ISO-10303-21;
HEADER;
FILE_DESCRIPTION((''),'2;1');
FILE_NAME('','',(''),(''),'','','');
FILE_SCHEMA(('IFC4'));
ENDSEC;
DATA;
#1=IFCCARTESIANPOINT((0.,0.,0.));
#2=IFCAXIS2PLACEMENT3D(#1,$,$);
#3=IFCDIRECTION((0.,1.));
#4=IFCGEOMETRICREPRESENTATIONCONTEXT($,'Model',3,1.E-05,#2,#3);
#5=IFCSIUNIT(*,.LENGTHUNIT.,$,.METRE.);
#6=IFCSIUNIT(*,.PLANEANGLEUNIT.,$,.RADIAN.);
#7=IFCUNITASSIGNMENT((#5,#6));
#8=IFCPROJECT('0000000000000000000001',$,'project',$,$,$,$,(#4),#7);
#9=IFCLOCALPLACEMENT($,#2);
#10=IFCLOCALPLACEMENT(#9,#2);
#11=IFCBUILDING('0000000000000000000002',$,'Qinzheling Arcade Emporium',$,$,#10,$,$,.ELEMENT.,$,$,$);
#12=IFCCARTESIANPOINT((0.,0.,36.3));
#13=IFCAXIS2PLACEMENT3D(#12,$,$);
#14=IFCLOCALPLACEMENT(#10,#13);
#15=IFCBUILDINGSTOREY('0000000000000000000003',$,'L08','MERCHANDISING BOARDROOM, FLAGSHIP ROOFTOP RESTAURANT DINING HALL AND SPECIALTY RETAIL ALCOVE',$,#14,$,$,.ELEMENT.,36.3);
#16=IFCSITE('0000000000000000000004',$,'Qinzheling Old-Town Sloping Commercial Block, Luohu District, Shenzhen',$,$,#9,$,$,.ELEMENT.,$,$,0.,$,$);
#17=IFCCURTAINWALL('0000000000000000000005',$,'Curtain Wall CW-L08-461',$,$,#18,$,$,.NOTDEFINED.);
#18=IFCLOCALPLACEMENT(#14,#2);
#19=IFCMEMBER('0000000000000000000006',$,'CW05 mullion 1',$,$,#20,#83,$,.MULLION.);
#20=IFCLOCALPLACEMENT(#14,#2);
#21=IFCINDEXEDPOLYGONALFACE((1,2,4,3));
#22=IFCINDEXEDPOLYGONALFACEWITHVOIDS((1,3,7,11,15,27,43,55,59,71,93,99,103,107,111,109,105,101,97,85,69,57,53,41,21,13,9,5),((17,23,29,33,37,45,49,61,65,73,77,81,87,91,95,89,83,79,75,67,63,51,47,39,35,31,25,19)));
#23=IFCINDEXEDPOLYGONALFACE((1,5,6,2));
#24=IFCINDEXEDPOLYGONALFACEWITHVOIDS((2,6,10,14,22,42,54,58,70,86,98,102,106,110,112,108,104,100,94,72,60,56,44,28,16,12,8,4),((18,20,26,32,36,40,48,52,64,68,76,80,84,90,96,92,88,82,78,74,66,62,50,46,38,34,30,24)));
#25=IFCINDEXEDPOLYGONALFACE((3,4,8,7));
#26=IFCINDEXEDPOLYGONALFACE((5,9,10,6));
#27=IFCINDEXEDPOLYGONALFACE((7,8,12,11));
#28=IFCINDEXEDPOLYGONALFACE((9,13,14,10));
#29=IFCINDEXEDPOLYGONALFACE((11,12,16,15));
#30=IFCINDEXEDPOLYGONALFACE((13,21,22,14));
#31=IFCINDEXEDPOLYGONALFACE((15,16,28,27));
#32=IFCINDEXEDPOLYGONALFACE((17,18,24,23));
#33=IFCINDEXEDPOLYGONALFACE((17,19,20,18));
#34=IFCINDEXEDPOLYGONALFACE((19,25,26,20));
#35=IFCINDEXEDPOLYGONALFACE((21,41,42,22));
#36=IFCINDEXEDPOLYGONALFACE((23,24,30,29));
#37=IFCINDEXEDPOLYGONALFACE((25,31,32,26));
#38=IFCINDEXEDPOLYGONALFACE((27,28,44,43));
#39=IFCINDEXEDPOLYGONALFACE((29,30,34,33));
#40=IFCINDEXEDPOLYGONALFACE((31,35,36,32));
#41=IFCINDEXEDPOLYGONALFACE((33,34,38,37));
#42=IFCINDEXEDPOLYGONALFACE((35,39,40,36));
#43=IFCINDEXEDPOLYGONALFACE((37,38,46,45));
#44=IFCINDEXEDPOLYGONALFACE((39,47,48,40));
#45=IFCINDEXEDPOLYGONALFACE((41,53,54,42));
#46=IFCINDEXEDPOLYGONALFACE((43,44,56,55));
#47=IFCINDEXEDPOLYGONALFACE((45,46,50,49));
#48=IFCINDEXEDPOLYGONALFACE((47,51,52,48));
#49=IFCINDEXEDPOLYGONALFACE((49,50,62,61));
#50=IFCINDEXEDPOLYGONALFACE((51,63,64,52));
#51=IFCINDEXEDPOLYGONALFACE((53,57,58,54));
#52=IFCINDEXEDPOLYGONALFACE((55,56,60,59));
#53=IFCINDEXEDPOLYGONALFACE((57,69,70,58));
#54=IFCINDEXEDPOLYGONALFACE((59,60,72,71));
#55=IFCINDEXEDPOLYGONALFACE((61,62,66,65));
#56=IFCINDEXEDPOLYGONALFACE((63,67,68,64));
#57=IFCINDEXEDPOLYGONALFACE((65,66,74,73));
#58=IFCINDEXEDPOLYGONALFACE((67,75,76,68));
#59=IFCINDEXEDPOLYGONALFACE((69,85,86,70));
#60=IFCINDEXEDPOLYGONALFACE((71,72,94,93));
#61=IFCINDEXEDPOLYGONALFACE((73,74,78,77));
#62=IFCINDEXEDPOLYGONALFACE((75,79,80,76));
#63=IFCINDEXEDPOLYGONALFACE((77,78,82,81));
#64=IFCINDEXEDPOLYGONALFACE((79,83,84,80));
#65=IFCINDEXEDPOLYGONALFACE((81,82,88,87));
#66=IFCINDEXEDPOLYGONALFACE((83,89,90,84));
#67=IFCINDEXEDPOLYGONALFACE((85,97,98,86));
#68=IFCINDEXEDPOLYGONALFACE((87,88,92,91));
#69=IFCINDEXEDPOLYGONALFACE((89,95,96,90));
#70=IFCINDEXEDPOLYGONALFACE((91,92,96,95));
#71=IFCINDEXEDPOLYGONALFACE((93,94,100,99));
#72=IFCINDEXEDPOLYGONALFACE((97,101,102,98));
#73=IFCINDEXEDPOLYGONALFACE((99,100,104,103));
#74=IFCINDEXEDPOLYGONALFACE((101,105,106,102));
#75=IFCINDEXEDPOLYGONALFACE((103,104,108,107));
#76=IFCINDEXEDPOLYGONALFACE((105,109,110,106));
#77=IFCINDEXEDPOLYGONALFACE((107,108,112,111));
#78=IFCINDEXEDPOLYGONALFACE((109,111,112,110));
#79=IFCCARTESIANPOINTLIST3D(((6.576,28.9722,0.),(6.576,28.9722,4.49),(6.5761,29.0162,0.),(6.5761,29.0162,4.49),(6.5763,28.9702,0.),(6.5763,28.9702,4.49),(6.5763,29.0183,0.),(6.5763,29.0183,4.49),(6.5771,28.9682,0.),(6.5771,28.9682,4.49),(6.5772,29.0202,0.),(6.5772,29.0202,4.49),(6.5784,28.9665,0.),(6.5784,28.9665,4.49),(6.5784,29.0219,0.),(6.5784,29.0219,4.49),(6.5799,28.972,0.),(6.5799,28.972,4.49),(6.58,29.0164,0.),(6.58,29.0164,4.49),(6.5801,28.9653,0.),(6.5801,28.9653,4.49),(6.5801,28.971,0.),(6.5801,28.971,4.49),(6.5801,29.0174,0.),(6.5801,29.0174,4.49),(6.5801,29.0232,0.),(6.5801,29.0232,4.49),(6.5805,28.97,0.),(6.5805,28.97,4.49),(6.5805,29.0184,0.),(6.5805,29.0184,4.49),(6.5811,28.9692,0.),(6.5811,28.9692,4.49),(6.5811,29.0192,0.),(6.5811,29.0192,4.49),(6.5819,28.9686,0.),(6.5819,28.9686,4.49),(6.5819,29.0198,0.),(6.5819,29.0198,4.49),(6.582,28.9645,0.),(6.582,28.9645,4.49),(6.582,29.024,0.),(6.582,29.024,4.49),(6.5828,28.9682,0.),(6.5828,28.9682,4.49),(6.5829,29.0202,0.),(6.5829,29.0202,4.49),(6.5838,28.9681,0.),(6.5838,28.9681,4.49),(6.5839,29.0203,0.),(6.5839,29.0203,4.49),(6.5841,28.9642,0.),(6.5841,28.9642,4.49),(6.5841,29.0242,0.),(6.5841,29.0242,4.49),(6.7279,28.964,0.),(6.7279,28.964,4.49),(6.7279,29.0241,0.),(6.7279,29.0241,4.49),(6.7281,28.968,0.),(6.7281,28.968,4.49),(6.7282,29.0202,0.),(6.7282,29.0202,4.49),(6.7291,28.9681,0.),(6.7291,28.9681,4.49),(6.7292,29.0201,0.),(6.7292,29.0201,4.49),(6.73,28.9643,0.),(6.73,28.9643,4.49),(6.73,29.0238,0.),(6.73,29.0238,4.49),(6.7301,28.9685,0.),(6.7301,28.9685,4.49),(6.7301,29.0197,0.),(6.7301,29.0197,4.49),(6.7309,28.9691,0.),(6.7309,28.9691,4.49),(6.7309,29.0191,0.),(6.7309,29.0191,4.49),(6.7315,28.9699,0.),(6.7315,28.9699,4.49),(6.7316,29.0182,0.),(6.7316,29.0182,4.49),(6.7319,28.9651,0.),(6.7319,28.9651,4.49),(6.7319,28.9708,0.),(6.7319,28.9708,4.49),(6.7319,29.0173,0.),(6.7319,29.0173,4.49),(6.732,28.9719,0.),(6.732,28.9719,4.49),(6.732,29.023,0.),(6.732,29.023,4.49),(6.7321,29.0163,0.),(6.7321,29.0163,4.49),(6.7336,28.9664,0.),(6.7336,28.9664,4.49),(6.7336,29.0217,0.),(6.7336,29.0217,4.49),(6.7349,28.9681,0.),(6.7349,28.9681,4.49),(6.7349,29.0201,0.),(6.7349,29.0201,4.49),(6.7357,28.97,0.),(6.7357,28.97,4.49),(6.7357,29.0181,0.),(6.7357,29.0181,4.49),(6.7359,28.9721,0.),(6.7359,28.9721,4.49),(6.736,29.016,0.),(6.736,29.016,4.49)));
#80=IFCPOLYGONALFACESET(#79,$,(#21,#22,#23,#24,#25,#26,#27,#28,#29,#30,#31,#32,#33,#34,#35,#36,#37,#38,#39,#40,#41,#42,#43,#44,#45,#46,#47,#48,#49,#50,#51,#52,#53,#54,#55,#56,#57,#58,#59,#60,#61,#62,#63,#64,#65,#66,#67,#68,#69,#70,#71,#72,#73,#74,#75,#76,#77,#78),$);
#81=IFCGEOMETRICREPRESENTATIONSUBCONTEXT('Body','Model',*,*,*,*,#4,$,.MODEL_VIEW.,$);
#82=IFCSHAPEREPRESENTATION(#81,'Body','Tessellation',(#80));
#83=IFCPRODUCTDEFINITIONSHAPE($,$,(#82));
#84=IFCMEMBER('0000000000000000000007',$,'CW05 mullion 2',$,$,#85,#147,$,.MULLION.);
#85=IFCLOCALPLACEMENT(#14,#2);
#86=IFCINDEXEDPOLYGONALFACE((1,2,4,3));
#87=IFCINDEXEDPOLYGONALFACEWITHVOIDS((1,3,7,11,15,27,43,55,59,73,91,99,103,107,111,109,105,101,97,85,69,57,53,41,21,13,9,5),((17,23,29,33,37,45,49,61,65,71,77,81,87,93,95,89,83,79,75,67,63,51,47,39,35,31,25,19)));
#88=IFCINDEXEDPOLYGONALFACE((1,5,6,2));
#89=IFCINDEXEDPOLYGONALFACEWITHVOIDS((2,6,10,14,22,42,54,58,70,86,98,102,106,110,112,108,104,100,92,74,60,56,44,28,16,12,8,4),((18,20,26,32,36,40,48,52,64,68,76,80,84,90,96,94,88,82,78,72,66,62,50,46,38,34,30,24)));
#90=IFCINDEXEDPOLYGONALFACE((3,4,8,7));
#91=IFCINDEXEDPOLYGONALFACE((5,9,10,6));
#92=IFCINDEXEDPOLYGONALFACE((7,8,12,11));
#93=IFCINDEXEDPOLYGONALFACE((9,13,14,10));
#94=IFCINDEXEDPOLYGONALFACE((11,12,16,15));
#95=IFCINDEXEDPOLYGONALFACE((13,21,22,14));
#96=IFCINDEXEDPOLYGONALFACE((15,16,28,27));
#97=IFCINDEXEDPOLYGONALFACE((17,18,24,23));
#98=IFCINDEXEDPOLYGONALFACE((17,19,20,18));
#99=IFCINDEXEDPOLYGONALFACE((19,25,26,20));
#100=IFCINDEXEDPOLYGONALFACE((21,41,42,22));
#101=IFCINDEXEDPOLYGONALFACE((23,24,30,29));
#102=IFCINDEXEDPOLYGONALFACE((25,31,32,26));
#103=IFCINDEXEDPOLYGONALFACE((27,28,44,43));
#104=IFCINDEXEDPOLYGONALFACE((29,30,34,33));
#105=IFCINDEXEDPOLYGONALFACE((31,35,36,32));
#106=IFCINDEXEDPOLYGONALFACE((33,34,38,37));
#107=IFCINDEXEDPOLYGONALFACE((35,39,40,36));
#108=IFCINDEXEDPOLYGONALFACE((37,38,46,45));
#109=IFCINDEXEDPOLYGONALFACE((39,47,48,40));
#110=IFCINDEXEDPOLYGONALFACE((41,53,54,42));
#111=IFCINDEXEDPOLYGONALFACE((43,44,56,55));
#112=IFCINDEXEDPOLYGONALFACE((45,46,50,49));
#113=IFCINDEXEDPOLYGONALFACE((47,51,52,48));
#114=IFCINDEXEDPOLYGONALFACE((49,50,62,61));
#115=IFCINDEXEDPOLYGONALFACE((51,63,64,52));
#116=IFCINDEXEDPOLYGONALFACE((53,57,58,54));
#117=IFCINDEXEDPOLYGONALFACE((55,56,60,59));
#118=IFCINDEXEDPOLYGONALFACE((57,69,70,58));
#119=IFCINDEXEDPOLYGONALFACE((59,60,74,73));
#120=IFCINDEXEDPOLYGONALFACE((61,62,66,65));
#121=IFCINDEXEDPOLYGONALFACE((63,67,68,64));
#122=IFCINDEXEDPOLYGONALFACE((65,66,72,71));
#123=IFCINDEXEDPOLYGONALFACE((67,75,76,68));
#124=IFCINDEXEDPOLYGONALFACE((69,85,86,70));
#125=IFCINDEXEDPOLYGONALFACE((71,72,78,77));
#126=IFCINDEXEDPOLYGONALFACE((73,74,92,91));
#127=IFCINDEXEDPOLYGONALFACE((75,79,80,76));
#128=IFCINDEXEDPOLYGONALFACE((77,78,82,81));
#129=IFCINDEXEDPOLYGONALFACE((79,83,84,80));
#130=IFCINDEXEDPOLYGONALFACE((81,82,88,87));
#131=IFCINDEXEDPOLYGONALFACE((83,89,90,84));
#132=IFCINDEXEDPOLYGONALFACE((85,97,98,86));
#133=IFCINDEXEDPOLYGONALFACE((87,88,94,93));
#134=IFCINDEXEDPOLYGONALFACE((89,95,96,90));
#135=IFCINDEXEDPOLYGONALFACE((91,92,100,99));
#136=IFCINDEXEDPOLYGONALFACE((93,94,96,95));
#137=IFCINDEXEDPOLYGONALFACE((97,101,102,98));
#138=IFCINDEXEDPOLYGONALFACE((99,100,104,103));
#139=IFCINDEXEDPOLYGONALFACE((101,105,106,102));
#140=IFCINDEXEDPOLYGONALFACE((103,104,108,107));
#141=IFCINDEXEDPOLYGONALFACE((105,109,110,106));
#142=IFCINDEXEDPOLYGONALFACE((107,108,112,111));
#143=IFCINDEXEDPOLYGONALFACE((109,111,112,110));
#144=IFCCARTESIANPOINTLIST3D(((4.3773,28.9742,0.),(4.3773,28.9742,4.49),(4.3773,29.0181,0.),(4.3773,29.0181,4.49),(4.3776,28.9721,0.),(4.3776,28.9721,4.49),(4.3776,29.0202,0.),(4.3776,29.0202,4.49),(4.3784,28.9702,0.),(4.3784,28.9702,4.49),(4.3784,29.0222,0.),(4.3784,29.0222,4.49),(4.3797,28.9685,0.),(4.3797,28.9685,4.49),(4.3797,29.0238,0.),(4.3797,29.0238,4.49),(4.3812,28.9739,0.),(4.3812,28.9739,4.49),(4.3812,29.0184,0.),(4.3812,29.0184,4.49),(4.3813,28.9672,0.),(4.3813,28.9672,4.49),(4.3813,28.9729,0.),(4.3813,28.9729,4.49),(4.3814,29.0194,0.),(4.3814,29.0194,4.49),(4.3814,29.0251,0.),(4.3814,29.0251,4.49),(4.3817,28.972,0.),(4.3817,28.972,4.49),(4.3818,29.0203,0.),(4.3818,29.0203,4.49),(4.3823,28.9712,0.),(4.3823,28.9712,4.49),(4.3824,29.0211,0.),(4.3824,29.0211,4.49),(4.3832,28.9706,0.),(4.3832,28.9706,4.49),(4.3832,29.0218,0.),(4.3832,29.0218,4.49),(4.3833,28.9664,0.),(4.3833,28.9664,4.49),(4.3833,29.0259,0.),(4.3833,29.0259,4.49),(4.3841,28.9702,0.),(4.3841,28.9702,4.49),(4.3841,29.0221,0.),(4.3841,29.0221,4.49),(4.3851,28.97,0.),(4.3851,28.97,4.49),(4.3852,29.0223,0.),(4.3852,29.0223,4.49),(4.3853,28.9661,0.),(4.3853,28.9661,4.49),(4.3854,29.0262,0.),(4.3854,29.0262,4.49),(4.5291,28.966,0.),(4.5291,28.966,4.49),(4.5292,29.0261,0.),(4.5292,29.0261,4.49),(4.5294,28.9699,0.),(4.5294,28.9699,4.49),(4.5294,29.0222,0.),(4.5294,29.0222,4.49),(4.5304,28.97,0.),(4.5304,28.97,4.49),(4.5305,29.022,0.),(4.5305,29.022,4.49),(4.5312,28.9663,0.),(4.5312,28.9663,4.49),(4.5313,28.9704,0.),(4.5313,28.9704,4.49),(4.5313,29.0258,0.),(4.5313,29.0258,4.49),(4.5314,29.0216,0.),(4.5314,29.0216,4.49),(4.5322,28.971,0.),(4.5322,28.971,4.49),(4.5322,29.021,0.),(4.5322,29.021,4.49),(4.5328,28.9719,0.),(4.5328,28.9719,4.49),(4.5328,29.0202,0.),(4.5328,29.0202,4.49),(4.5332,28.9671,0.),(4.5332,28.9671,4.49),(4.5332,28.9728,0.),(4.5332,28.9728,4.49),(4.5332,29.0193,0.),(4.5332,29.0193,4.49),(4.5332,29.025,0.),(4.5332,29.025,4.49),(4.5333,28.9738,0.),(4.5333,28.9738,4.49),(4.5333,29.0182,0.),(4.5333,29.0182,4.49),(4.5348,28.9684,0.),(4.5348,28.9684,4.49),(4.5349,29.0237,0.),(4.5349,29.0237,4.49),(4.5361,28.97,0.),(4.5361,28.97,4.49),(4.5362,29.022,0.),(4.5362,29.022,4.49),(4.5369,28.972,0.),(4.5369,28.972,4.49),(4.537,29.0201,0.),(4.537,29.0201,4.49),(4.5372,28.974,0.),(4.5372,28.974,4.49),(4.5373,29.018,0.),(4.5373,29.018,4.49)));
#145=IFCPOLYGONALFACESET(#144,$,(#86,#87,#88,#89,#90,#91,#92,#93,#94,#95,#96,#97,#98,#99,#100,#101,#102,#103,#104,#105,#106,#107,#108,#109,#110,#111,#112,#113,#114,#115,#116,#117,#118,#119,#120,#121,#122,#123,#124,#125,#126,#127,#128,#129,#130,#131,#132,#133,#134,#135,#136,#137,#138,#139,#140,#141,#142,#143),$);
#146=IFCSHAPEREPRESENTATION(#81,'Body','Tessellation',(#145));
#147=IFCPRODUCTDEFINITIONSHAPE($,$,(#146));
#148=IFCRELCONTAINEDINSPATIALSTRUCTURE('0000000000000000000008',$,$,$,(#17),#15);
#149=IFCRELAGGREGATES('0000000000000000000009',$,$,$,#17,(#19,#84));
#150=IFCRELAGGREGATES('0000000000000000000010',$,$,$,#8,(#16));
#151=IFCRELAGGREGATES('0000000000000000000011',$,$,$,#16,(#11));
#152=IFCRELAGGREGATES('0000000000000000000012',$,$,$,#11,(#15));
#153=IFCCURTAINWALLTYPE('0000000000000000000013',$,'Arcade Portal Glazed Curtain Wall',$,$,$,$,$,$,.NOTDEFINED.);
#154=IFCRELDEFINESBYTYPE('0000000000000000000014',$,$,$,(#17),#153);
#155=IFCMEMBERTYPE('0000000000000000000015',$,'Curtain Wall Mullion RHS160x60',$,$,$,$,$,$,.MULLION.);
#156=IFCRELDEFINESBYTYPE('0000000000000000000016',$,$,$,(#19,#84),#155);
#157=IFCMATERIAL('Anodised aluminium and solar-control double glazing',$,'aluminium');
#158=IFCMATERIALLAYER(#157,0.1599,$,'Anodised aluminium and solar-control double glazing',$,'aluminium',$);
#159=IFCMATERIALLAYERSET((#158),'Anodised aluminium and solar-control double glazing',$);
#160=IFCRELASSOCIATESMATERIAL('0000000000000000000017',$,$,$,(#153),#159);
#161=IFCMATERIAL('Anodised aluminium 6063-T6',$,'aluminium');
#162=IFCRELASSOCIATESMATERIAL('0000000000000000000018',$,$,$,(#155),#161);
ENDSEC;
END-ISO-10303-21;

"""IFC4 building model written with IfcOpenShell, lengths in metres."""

from ifc_helpers import new_model, si_unit, direction, frame, origin, origin_2d, place, context, subcontext, project, spatial, hollow_rectangle, extrude, material, layer, layer_set, material_profile, profile_set, type_object, element, aggregate, save


model = new_model("IFC4")

# Units and contexts
model_context = context("Model", 3, precision=1e-05, world=origin(), true_north=direction((0.0, 1.0)))
body_context = subcontext(model_context, "Body", "Model", "MODEL_VIEW")
ifc_project = project(units=[si_unit("LENGTHUNIT", "METRE"), si_unit("PLANEANGLEUNIT", "RADIAN")], contexts=[model_context])

# Site, building, storey
site_placement = place(None, origin())
site = spatial("IfcSite", under=ifc_project, at=site_placement, Name="Qinzheling Old-Town Sloping Commercial Block, Luohu District, Shenzhen", CompositionType="ELEMENT", RefElevation=0.0)
building_placement = place(site_placement, origin())
building = spatial("IfcBuilding", under=site, at=building_placement, Name="Qinzheling Arcade Emporium", CompositionType="ELEMENT")
storey_placement = place(building_placement, frame((0.0, 0.0, 36.3)))
storey = spatial("IfcBuildingStorey", under=building, at=storey_placement, Name="L08", Description="MERCHANDISING BOARDROOM, FLAGSHIP ROOFTOP RESTAURANT DINING HALL AND SPECIALTY RETAIL ALCOVE", CompositionType="ELEMENT", Elevation=36.3)

# Curtain wall, members
ifc_material_1 = material(Name="Anodised aluminium and solar-control double glazing", Category="aluminium")
ifc_layer_1 = layer(ifc_material_1, 0.1599, Name="Anodised aluminium and solar-control double glazing", Category="aluminium")
ifc_layer_set_1 = layer_set([ifc_layer_1], Name="Anodised aluminium and solar-control double glazing")
curtain_wall_type = type_object("IfcCurtainWallType", Name="Arcade Portal Glazed Curtain Wall", PredefinedType="NOTDEFINED", material=ifc_layer_set_1)
ifc_material_2 = material(Name="Anodised aluminium 6063-T6", Category="aluminium")
ifc_material_profile_1 = material_profile(ifc_material_2, hollow_rectangle(XDim=0.0601, YDim=0.1599, WallThickness=0.0039, InnerFilletRadius=0.0039, OuterFilletRadius=0.0081, at=origin_2d()), Name="RHS 160x60x4", Category="aluminium")
ifc_profile_set_1 = profile_set([ifc_material_profile_1], Name="Anodised aluminium 6063-T6")
member_type_1 = type_object("IfcMemberType", Name="Curtain Wall Mullion RHS160x60", PredefinedType="MULLION", material=ifc_profile_set_1)
curtain_wall_1_placement = place(storey_placement, origin())
curtain_wall_1 = element("IfcCurtainWall", 1, at=curtain_wall_1_placement, inside=storey, type_object=curtain_wall_type, Name="Curtain Wall CW-L08-461", PredefinedType="NOTDEFINED")
member_1_placement = place(storey_placement, frame((6.656, 28.9941, 0.0), z_axis=(0.0, 0.0, 1.0), x_axis=(-0.000897, -1.0, 0.0)))
member_1 = element("IfcMember", 2, at=member_1_placement, type_object=member_type_1, Name="CW05 mullion 1", PredefinedType="MULLION", context=body_context, shape_type="SweptSolid", body=[
    extrude(hollow_rectangle(XDim=0.0601, YDim=0.1599, WallThickness=0.0039, InnerFilletRadius=0.0039, OuterFilletRadius=0.0081, at=origin_2d()), origin(), (0.0, 0.0, 1.0), 4.49),
])
member_2_placement = place(storey_placement, frame((4.4573, 28.9961, 0.0), z_axis=(0.0, 0.0, 1.0), x_axis=(-0.000897, -1.0, 0.0)))
member_2 = element("IfcMember", 3, at=member_2_placement, type_object=member_type_1, Name="CW05 mullion 2", PredefinedType="MULLION", context=body_context, shape_type="SweptSolid", body=[
    extrude(hollow_rectangle(XDim=0.0601, YDim=0.1599, WallThickness=0.0039, InnerFilletRadius=0.0039, OuterFilletRadius=0.0081, at=origin_2d()), origin(), (0.0, 0.0, 1.0), 4.49),
])

aggregate(curtain_wall_1, [member_1, member_2])

save(model, "model.ifc")
